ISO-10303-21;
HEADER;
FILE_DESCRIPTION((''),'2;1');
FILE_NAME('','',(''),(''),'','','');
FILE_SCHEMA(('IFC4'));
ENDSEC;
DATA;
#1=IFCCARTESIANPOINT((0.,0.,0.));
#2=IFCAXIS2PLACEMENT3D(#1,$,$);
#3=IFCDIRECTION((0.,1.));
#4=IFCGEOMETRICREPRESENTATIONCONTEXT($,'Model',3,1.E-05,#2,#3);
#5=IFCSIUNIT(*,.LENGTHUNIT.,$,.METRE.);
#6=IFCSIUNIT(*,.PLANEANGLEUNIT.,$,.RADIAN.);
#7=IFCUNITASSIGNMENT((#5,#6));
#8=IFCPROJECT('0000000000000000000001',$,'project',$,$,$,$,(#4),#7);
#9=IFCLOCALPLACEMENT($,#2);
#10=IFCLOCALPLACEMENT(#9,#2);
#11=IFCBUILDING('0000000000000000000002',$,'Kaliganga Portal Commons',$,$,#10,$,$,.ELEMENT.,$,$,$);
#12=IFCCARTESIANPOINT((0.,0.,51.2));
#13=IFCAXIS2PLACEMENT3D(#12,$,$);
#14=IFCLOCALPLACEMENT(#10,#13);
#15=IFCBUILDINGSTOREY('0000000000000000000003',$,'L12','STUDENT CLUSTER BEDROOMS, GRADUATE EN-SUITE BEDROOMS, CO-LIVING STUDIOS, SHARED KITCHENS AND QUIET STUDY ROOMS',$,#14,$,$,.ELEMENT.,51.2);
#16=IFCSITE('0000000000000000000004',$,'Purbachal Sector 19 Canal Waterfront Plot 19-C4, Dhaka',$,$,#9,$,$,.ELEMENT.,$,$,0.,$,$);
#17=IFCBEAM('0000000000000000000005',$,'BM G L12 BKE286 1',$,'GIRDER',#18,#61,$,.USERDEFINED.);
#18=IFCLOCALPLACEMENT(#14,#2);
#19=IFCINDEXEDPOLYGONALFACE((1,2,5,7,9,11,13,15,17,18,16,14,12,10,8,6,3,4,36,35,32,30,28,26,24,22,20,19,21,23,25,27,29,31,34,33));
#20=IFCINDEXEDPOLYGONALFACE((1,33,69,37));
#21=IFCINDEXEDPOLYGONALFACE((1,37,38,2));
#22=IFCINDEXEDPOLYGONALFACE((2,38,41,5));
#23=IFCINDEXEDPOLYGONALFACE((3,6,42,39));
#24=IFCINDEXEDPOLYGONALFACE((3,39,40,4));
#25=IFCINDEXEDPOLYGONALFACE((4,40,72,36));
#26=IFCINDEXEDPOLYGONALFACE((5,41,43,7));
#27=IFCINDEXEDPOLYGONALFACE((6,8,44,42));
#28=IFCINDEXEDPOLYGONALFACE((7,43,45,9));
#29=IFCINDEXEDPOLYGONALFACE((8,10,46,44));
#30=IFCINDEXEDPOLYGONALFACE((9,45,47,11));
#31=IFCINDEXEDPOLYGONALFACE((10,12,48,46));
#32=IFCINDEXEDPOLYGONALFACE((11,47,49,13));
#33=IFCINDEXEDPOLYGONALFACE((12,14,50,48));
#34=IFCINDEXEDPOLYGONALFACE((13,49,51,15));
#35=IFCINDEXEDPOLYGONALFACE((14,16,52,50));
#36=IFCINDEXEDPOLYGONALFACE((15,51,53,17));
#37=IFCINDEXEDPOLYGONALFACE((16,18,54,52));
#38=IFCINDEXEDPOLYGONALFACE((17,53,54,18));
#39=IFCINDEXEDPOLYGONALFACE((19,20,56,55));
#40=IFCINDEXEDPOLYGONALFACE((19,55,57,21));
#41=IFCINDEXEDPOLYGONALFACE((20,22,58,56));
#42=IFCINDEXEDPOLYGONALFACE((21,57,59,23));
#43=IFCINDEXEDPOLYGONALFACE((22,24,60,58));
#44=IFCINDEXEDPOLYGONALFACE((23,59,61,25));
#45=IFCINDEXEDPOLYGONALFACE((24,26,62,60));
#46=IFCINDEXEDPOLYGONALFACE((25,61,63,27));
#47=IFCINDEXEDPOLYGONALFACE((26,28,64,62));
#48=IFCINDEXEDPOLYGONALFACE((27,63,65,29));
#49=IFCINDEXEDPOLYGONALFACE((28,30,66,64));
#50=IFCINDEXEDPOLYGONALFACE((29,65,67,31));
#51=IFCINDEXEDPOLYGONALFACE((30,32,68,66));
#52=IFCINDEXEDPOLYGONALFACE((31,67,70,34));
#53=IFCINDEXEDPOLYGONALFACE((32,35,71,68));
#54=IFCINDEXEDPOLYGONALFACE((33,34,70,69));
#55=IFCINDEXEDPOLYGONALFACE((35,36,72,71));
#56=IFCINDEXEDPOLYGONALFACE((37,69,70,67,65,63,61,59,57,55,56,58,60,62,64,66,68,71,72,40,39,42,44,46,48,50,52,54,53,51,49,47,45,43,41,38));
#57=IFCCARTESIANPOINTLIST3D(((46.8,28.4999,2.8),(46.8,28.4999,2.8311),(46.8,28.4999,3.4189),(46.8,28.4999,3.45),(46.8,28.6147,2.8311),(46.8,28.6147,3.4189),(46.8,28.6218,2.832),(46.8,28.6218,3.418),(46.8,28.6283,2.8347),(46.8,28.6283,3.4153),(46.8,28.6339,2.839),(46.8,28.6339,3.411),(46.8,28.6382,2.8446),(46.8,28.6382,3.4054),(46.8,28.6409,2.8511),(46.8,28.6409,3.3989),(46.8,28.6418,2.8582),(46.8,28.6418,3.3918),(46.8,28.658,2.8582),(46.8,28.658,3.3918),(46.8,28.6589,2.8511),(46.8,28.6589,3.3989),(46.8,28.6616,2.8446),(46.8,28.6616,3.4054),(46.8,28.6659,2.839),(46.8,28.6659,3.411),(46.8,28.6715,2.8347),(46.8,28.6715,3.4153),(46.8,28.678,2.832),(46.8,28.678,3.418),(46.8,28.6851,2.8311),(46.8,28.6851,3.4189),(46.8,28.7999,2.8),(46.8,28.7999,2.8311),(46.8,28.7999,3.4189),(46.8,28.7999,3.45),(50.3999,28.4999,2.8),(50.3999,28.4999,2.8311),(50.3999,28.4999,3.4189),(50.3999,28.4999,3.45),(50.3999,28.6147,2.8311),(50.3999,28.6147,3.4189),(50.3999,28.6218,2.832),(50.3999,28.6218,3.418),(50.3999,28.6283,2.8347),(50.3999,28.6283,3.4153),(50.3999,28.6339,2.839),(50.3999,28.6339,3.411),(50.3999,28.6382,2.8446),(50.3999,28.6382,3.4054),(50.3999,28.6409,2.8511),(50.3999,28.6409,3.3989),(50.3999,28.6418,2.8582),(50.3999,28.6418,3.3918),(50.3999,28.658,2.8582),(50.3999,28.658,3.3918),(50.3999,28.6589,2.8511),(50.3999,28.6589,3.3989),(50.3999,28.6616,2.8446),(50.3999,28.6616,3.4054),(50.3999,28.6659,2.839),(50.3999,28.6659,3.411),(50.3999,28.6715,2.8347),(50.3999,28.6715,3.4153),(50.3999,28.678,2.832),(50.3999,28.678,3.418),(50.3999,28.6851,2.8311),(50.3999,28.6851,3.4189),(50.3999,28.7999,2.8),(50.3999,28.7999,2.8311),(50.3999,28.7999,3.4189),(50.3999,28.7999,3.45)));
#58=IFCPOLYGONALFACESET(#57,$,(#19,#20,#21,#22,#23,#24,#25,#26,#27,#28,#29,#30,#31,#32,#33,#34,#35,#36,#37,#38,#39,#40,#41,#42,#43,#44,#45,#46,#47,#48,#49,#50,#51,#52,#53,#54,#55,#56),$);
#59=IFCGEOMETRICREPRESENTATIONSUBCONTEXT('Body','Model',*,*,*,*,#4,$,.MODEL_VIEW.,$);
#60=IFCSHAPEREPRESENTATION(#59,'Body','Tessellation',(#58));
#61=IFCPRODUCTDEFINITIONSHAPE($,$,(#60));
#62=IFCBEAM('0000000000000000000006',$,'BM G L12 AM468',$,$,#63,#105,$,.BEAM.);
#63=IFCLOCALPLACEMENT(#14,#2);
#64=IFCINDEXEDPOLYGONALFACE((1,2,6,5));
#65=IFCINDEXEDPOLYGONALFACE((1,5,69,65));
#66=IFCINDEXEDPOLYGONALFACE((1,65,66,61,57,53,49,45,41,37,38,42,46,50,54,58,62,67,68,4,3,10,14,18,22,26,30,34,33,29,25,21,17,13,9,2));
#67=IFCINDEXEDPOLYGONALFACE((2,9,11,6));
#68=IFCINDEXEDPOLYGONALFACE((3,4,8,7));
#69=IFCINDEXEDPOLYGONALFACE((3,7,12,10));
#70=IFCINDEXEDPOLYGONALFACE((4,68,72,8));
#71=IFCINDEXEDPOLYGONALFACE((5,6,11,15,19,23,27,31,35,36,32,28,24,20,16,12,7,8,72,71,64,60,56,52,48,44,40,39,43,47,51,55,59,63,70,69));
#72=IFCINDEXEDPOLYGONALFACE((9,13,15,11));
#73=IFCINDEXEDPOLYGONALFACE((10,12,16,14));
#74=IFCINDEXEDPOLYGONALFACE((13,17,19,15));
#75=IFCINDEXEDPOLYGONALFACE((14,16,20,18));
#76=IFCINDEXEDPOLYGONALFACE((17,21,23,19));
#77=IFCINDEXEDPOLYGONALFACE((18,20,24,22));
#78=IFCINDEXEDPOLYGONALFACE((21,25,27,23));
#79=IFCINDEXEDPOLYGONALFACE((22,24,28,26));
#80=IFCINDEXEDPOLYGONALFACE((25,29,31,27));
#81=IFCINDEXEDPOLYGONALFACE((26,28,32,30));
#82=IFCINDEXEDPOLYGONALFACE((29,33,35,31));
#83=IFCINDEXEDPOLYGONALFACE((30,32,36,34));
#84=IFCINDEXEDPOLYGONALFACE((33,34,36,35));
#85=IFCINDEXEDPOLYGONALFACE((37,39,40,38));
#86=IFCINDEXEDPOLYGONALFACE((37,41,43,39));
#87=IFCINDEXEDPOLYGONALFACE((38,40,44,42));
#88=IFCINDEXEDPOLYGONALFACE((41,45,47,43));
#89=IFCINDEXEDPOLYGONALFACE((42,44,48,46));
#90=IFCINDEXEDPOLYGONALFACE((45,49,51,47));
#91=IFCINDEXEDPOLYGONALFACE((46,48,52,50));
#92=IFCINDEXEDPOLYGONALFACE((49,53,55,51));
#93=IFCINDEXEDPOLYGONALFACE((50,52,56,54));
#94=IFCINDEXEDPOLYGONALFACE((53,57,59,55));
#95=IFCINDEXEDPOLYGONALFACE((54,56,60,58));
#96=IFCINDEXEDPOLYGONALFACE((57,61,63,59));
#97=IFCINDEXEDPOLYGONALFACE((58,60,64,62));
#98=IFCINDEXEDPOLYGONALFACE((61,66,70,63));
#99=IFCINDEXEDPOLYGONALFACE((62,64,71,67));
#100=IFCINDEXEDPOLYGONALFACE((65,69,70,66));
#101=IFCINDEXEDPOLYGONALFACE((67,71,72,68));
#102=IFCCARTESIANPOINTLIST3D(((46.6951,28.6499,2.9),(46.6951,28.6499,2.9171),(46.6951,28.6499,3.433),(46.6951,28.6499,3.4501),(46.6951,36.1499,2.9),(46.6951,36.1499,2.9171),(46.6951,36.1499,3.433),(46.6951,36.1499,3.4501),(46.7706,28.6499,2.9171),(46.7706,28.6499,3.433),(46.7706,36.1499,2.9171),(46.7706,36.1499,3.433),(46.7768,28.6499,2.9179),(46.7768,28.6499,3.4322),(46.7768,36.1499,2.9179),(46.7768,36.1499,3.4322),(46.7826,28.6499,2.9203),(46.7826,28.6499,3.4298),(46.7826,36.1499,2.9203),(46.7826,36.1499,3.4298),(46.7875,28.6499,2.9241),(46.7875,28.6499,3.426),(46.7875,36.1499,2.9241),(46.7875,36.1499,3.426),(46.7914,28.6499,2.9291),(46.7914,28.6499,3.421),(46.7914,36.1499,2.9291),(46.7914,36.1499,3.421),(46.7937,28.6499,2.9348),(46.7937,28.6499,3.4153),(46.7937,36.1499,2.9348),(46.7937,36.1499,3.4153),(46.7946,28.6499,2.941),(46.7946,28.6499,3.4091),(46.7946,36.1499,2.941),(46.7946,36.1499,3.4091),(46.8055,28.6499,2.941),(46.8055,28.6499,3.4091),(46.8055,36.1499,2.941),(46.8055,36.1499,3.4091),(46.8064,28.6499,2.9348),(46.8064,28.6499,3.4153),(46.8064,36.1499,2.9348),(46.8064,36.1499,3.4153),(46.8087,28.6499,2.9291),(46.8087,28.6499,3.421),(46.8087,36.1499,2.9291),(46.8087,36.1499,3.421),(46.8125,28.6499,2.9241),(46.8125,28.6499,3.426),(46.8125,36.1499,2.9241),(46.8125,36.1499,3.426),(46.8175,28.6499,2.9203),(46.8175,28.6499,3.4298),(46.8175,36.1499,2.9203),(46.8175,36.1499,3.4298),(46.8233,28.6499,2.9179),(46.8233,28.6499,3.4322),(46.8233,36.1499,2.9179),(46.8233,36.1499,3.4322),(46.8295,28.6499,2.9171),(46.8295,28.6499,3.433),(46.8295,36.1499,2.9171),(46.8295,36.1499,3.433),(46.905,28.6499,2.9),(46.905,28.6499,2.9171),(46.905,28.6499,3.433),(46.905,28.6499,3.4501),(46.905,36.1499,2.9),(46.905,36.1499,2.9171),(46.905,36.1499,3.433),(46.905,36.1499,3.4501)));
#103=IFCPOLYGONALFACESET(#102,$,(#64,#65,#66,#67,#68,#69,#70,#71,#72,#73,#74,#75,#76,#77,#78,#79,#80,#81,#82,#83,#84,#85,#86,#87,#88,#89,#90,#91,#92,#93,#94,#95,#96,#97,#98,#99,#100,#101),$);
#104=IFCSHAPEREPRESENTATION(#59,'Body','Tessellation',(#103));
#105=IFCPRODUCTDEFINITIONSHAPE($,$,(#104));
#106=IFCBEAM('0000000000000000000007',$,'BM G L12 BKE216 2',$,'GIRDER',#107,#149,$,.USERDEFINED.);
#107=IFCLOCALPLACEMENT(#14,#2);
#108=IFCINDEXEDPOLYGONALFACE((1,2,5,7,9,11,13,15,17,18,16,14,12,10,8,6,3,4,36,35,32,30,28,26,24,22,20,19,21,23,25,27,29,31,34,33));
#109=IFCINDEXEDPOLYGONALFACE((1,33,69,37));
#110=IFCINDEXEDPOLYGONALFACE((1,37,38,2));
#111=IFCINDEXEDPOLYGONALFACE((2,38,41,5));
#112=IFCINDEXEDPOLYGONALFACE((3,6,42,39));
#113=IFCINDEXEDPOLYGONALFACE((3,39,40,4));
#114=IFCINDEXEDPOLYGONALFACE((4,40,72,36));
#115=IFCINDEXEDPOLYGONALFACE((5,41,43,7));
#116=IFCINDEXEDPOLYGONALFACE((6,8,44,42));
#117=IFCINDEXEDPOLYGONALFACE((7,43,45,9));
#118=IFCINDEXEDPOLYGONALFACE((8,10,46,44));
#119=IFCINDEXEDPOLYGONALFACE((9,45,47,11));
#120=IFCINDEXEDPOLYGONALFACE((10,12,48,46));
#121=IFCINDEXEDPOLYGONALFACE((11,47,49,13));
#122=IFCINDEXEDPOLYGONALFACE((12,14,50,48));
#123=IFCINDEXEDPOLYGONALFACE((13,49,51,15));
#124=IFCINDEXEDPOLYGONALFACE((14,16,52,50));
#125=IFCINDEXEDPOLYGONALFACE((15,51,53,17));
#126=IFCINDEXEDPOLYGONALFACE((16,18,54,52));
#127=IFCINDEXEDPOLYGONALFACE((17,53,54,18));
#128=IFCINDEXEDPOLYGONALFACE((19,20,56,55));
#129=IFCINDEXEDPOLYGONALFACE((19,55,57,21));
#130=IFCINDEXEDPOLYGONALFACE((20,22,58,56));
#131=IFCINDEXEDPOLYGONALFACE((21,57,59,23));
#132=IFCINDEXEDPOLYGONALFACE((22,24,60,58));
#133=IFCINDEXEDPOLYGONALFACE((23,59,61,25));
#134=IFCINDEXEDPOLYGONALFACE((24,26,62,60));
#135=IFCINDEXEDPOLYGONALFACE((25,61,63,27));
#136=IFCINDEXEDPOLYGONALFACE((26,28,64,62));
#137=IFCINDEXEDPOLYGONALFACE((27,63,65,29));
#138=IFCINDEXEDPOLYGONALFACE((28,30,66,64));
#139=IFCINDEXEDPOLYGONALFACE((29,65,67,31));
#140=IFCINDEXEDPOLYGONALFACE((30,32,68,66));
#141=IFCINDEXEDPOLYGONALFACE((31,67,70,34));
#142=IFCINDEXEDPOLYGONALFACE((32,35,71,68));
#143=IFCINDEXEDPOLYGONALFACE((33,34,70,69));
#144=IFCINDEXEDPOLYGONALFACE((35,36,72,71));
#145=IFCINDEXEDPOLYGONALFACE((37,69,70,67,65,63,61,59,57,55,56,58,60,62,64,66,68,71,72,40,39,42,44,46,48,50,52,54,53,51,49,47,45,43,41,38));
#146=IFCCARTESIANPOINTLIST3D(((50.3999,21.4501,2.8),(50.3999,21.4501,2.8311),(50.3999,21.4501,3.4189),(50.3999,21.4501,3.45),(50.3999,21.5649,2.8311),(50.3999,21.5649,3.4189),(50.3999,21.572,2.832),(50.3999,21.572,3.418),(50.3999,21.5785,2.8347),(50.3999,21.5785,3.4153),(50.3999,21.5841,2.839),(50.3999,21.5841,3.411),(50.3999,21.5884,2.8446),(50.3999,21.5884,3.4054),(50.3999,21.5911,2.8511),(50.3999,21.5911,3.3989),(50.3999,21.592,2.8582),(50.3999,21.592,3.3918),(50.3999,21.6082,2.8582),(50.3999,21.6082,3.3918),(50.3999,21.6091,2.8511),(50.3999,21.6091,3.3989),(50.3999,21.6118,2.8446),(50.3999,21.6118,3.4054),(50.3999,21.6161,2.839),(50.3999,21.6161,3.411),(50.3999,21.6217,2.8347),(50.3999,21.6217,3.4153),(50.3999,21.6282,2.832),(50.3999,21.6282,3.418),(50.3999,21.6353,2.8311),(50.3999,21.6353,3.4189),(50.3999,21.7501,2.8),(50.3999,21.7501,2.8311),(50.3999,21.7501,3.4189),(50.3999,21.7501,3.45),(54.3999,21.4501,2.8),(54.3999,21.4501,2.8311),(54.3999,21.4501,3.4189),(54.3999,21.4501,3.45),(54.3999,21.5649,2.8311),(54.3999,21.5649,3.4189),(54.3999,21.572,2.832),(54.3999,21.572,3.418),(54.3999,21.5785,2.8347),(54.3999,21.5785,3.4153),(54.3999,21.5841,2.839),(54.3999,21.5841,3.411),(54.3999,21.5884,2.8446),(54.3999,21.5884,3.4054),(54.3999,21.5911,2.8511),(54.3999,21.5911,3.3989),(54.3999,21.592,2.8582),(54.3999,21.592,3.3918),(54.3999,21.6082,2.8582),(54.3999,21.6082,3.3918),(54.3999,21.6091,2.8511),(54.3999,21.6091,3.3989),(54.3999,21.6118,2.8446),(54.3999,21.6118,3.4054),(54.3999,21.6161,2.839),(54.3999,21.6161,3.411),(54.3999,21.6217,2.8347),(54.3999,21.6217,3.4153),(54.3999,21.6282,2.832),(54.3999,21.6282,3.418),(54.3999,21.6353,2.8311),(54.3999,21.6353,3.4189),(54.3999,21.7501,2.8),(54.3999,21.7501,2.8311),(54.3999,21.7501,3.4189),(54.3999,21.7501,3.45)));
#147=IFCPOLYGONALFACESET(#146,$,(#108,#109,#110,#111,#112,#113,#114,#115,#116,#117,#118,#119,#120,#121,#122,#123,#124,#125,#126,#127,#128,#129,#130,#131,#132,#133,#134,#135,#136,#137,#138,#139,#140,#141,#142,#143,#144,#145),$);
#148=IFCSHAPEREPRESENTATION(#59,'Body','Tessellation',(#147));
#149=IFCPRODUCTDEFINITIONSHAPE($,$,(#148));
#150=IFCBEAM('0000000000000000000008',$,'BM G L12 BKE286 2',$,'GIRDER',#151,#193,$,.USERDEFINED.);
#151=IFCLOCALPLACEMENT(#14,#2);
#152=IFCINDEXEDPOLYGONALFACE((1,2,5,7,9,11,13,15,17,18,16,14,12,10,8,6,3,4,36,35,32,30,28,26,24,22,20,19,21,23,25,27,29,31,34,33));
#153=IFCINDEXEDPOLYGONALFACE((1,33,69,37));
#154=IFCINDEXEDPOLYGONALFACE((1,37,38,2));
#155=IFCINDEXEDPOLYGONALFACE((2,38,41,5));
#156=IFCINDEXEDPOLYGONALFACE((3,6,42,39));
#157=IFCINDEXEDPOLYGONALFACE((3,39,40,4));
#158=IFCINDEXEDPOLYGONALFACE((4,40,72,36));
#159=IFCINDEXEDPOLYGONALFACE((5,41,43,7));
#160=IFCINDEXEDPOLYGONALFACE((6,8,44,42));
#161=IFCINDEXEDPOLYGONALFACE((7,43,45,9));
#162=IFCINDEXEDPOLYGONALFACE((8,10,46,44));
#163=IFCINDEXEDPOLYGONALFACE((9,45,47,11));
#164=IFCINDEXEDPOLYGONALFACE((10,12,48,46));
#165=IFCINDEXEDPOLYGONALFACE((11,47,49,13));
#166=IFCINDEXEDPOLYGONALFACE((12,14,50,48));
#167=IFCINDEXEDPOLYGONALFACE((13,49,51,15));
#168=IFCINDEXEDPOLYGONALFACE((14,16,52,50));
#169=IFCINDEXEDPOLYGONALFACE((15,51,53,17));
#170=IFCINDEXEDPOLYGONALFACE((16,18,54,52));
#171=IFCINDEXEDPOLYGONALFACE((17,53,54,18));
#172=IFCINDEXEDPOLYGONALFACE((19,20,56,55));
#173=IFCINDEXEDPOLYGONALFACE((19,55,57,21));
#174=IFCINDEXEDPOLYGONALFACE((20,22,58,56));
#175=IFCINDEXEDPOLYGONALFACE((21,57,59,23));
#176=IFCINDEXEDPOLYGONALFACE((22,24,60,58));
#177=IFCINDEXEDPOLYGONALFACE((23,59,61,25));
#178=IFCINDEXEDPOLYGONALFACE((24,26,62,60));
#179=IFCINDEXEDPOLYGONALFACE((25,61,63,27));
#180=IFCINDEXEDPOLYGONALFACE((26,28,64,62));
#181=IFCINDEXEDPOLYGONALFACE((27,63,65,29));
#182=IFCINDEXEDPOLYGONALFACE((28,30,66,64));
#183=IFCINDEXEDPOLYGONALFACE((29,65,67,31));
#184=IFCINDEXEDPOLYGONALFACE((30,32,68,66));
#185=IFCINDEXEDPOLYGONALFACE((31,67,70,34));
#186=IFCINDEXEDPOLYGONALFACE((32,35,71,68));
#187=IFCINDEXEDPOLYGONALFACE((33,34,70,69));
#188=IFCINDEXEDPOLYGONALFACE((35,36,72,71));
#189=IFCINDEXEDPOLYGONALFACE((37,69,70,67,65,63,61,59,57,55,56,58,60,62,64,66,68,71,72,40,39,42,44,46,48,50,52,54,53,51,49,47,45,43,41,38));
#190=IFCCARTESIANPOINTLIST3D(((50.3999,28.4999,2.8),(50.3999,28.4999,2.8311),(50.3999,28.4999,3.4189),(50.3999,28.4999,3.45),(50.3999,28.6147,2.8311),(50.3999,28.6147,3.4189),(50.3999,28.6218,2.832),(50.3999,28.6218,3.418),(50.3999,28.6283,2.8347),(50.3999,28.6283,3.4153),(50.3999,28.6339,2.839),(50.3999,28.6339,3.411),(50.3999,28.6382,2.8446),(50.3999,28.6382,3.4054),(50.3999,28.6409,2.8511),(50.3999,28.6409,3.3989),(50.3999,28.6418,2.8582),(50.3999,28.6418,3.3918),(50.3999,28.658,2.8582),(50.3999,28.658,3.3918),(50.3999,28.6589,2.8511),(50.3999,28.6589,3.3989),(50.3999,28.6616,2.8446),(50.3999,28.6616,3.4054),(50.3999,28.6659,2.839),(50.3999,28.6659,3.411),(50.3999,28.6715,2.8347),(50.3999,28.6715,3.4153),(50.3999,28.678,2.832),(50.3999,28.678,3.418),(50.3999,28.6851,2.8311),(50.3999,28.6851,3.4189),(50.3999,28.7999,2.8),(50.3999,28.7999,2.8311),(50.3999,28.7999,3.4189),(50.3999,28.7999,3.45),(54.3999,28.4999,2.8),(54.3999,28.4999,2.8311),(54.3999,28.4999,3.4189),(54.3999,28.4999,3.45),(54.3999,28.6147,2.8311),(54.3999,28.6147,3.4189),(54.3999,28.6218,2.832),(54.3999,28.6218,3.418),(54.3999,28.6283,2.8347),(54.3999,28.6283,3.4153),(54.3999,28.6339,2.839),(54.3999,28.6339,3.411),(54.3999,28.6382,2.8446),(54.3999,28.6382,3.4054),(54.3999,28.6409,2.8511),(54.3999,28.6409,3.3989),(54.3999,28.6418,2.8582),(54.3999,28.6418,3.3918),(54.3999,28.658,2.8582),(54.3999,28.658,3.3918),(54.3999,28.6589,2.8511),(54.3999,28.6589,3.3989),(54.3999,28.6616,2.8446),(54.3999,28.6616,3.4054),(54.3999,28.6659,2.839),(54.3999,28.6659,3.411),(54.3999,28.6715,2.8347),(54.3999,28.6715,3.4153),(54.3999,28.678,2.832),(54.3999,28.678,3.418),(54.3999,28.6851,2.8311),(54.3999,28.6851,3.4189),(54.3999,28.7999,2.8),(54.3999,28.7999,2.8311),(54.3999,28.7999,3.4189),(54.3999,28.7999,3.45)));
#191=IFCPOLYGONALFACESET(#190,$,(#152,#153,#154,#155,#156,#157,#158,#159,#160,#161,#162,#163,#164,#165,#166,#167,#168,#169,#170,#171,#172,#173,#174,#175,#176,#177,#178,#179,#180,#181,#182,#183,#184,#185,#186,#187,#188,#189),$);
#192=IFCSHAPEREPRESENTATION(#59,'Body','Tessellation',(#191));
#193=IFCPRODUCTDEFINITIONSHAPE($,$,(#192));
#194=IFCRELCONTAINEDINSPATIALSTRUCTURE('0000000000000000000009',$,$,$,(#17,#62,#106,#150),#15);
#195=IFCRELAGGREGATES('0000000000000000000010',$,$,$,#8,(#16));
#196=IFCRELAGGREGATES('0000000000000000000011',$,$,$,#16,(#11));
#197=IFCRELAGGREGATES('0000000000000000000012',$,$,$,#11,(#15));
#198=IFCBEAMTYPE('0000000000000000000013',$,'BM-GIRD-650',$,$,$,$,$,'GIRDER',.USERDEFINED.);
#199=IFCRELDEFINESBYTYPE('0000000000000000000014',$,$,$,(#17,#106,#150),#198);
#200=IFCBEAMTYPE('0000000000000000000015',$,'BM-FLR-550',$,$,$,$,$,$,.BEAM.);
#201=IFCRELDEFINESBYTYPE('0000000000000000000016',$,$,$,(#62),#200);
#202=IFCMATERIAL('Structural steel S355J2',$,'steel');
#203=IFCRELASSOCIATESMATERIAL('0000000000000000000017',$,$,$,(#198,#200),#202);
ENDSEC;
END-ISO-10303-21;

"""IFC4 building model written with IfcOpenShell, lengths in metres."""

from ifc_helpers import new_model, si_unit, direction, frame, origin, origin_2d, place, context, subcontext, project, spatial, i_section, extrude, source, transform, mapped, material, material_profile, profile_set, type_object, element, save


model = new_model("IFC4")

# Units and contexts
model_context = context("Model", 3, precision=1e-05, world=origin(), true_north=direction((0.0, 1.0)))
body_context = subcontext(model_context, "Body", "Model", "MODEL_VIEW")
ifc_project = project(units=[si_unit("LENGTHUNIT", "METRE"), si_unit("PLANEANGLEUNIT", "RADIAN")], contexts=[model_context])

# Site, building, storey
site_placement = place(None, origin())
site = spatial("IfcSite", under=ifc_project, at=site_placement, Name="Purbachal Sector 19 Canal Waterfront Plot 19-C4, Dhaka", CompositionType="ELEMENT", RefElevation=0.0)
building_placement = place(site_placement, origin())
building = spatial("IfcBuilding", under=site, at=building_placement, Name="Kaliganga Portal Commons", CompositionType="ELEMENT")
storey_placement = place(building_placement, frame((0.0, 0.0, 51.2)))
storey = spatial("IfcBuildingStorey", under=building, at=storey_placement, Name="L12", Description="STUDENT CLUSTER BEDROOMS, GRADUATE EN-SUITE BEDROOMS, CO-LIVING STUDIOS, SHARED KITCHENS AND QUIET STUDY ROOMS", CompositionType="ELEMENT", Elevation=51.2)

# Beams
ifc_material_1 = material(Name="Structural steel S355J2", Category="steel")
ifc_material_profile_1 = material_profile(ifc_material_1, i_section(OverallWidth=0.3, OverallDepth=0.6499, WebThickness=0.0161, FlangeThickness=0.031, FilletRadius=0.0271, at=origin_2d()), Name="HE 650 B")
ifc_profile_set_1 = profile_set([ifc_material_profile_1], Name="Structural steel S355J2 wide-flange")
beam_type_1 = type_object("IfcBeamType", Name="BM-GIRD-650", ElementType="GIRDER", PredefinedType="USERDEFINED", material=ifc_profile_set_1)
shared_shape_1 = source(origin(), body_context, "Body", "SweptSolid", [
    extrude(i_section(OverallWidth=0.3, OverallDepth=0.6499, WebThickness=0.0161, FlangeThickness=0.031, FilletRadius=0.0271, at=origin_2d()), origin(), (0.0, 0.0, 1.0), 3.5999),
])
beam_1_placement = place(storey_placement, frame((46.8, 28.6499, 3.125), z_axis=(1.0, 0.0, 0.0), x_axis=(0.0, 1.0, 0.0)))
element("IfcBeam", 1, at=beam_1_placement, inside=storey, type_object=beam_type_1, Name="BM G L12 BKE286 1", ObjectType="GIRDER", PredefinedType="USERDEFINED", context=body_context, shape_type="MappedRepresentation", body=[
    mapped(shared_shape_1, transform((0.0, 0.0, 0.0), x_axis=(1.0, 0.0, 0.0), y_axis=(0.0, 1.0, 0.0), z_axis=(0.0, 0.0, 1.0), scale=1.0)),
])
ifc_material_profile_2 = material_profile(ifc_material_1, i_section(OverallWidth=0.21, OverallDepth=0.55, WebThickness=0.011, FlangeThickness=0.0171, FilletRadius=0.0239, at=origin_2d()), Name="IPE 550")
ifc_profile_set_2 = profile_set([ifc_material_profile_2], Name="Structural steel S355J2 wide-flange")
beam_type_2 = type_object("IfcBeamType", Name="BM-FLR-550", PredefinedType="BEAM", material=ifc_profile_set_2)
shared_shape_2 = source(origin(), body_context, "Body", "SweptSolid", [
    extrude(i_section(OverallWidth=0.21, OverallDepth=0.55, WebThickness=0.011, FlangeThickness=0.0171, FilletRadius=0.0239, at=origin_2d()), origin(), (0.0, 0.0, 1.0), 7.5),
])
beam_2_placement = place(storey_placement, frame((46.8, 28.6499, 3.175), z_axis=(0.0, 1.0, 0.0), x_axis=(-1.0, 0.0, 0.0)))
element("IfcBeam", 2, at=beam_2_placement, inside=storey, type_object=beam_type_2, Name="BM G L12 AM468", PredefinedType="BEAM", context=body_context, shape_type="MappedRepresentation", body=[
    mapped(shared_shape_2, transform((0.0, 0.0, 0.0), x_axis=(1.0, 0.0, 0.0), y_axis=(0.0, 1.0, 0.0), z_axis=(0.0, 0.0, 1.0), scale=1.0)),
])
shared_shape_3 = source(origin(), body_context, "Body", "SweptSolid", [
    extrude(i_section(OverallWidth=0.3, OverallDepth=0.6499, WebThickness=0.0161, FlangeThickness=0.031, FilletRadius=0.0271, at=origin_2d()), origin(), (0.0, 0.0, 1.0), 4.0),
])
for number, where, z_axis, x_axis, name in (
    (3, (50.3999, 21.6001, 3.125), (1.0, 0.0, 0.0), (0.0, 1.0, 0.0), "BM G L12 BKE216 2"),
    (4, (50.3999, 28.6499, 3.125), (1.0, 0.0, 0.0), (0.0, 1.0, 0.0), "BM G L12 BKE286 2"),
):
    element("IfcBeam", number, at=place(storey_placement, frame(where, z_axis=z_axis, x_axis=x_axis)), inside=storey, type_object=beam_type_1, Name=name, ObjectType="GIRDER", PredefinedType="USERDEFINED", context=body_context, shape_type="MappedRepresentation", body=[
        mapped(shared_shape_3, transform((0.0, 0.0, 0.0), x_axis=(1.0, 0.0, 0.0), y_axis=(0.0, 1.0, 0.0), z_axis=(0.0, 0.0, 1.0), scale=1.0)),
    ])

save(model, "model.ifc")
